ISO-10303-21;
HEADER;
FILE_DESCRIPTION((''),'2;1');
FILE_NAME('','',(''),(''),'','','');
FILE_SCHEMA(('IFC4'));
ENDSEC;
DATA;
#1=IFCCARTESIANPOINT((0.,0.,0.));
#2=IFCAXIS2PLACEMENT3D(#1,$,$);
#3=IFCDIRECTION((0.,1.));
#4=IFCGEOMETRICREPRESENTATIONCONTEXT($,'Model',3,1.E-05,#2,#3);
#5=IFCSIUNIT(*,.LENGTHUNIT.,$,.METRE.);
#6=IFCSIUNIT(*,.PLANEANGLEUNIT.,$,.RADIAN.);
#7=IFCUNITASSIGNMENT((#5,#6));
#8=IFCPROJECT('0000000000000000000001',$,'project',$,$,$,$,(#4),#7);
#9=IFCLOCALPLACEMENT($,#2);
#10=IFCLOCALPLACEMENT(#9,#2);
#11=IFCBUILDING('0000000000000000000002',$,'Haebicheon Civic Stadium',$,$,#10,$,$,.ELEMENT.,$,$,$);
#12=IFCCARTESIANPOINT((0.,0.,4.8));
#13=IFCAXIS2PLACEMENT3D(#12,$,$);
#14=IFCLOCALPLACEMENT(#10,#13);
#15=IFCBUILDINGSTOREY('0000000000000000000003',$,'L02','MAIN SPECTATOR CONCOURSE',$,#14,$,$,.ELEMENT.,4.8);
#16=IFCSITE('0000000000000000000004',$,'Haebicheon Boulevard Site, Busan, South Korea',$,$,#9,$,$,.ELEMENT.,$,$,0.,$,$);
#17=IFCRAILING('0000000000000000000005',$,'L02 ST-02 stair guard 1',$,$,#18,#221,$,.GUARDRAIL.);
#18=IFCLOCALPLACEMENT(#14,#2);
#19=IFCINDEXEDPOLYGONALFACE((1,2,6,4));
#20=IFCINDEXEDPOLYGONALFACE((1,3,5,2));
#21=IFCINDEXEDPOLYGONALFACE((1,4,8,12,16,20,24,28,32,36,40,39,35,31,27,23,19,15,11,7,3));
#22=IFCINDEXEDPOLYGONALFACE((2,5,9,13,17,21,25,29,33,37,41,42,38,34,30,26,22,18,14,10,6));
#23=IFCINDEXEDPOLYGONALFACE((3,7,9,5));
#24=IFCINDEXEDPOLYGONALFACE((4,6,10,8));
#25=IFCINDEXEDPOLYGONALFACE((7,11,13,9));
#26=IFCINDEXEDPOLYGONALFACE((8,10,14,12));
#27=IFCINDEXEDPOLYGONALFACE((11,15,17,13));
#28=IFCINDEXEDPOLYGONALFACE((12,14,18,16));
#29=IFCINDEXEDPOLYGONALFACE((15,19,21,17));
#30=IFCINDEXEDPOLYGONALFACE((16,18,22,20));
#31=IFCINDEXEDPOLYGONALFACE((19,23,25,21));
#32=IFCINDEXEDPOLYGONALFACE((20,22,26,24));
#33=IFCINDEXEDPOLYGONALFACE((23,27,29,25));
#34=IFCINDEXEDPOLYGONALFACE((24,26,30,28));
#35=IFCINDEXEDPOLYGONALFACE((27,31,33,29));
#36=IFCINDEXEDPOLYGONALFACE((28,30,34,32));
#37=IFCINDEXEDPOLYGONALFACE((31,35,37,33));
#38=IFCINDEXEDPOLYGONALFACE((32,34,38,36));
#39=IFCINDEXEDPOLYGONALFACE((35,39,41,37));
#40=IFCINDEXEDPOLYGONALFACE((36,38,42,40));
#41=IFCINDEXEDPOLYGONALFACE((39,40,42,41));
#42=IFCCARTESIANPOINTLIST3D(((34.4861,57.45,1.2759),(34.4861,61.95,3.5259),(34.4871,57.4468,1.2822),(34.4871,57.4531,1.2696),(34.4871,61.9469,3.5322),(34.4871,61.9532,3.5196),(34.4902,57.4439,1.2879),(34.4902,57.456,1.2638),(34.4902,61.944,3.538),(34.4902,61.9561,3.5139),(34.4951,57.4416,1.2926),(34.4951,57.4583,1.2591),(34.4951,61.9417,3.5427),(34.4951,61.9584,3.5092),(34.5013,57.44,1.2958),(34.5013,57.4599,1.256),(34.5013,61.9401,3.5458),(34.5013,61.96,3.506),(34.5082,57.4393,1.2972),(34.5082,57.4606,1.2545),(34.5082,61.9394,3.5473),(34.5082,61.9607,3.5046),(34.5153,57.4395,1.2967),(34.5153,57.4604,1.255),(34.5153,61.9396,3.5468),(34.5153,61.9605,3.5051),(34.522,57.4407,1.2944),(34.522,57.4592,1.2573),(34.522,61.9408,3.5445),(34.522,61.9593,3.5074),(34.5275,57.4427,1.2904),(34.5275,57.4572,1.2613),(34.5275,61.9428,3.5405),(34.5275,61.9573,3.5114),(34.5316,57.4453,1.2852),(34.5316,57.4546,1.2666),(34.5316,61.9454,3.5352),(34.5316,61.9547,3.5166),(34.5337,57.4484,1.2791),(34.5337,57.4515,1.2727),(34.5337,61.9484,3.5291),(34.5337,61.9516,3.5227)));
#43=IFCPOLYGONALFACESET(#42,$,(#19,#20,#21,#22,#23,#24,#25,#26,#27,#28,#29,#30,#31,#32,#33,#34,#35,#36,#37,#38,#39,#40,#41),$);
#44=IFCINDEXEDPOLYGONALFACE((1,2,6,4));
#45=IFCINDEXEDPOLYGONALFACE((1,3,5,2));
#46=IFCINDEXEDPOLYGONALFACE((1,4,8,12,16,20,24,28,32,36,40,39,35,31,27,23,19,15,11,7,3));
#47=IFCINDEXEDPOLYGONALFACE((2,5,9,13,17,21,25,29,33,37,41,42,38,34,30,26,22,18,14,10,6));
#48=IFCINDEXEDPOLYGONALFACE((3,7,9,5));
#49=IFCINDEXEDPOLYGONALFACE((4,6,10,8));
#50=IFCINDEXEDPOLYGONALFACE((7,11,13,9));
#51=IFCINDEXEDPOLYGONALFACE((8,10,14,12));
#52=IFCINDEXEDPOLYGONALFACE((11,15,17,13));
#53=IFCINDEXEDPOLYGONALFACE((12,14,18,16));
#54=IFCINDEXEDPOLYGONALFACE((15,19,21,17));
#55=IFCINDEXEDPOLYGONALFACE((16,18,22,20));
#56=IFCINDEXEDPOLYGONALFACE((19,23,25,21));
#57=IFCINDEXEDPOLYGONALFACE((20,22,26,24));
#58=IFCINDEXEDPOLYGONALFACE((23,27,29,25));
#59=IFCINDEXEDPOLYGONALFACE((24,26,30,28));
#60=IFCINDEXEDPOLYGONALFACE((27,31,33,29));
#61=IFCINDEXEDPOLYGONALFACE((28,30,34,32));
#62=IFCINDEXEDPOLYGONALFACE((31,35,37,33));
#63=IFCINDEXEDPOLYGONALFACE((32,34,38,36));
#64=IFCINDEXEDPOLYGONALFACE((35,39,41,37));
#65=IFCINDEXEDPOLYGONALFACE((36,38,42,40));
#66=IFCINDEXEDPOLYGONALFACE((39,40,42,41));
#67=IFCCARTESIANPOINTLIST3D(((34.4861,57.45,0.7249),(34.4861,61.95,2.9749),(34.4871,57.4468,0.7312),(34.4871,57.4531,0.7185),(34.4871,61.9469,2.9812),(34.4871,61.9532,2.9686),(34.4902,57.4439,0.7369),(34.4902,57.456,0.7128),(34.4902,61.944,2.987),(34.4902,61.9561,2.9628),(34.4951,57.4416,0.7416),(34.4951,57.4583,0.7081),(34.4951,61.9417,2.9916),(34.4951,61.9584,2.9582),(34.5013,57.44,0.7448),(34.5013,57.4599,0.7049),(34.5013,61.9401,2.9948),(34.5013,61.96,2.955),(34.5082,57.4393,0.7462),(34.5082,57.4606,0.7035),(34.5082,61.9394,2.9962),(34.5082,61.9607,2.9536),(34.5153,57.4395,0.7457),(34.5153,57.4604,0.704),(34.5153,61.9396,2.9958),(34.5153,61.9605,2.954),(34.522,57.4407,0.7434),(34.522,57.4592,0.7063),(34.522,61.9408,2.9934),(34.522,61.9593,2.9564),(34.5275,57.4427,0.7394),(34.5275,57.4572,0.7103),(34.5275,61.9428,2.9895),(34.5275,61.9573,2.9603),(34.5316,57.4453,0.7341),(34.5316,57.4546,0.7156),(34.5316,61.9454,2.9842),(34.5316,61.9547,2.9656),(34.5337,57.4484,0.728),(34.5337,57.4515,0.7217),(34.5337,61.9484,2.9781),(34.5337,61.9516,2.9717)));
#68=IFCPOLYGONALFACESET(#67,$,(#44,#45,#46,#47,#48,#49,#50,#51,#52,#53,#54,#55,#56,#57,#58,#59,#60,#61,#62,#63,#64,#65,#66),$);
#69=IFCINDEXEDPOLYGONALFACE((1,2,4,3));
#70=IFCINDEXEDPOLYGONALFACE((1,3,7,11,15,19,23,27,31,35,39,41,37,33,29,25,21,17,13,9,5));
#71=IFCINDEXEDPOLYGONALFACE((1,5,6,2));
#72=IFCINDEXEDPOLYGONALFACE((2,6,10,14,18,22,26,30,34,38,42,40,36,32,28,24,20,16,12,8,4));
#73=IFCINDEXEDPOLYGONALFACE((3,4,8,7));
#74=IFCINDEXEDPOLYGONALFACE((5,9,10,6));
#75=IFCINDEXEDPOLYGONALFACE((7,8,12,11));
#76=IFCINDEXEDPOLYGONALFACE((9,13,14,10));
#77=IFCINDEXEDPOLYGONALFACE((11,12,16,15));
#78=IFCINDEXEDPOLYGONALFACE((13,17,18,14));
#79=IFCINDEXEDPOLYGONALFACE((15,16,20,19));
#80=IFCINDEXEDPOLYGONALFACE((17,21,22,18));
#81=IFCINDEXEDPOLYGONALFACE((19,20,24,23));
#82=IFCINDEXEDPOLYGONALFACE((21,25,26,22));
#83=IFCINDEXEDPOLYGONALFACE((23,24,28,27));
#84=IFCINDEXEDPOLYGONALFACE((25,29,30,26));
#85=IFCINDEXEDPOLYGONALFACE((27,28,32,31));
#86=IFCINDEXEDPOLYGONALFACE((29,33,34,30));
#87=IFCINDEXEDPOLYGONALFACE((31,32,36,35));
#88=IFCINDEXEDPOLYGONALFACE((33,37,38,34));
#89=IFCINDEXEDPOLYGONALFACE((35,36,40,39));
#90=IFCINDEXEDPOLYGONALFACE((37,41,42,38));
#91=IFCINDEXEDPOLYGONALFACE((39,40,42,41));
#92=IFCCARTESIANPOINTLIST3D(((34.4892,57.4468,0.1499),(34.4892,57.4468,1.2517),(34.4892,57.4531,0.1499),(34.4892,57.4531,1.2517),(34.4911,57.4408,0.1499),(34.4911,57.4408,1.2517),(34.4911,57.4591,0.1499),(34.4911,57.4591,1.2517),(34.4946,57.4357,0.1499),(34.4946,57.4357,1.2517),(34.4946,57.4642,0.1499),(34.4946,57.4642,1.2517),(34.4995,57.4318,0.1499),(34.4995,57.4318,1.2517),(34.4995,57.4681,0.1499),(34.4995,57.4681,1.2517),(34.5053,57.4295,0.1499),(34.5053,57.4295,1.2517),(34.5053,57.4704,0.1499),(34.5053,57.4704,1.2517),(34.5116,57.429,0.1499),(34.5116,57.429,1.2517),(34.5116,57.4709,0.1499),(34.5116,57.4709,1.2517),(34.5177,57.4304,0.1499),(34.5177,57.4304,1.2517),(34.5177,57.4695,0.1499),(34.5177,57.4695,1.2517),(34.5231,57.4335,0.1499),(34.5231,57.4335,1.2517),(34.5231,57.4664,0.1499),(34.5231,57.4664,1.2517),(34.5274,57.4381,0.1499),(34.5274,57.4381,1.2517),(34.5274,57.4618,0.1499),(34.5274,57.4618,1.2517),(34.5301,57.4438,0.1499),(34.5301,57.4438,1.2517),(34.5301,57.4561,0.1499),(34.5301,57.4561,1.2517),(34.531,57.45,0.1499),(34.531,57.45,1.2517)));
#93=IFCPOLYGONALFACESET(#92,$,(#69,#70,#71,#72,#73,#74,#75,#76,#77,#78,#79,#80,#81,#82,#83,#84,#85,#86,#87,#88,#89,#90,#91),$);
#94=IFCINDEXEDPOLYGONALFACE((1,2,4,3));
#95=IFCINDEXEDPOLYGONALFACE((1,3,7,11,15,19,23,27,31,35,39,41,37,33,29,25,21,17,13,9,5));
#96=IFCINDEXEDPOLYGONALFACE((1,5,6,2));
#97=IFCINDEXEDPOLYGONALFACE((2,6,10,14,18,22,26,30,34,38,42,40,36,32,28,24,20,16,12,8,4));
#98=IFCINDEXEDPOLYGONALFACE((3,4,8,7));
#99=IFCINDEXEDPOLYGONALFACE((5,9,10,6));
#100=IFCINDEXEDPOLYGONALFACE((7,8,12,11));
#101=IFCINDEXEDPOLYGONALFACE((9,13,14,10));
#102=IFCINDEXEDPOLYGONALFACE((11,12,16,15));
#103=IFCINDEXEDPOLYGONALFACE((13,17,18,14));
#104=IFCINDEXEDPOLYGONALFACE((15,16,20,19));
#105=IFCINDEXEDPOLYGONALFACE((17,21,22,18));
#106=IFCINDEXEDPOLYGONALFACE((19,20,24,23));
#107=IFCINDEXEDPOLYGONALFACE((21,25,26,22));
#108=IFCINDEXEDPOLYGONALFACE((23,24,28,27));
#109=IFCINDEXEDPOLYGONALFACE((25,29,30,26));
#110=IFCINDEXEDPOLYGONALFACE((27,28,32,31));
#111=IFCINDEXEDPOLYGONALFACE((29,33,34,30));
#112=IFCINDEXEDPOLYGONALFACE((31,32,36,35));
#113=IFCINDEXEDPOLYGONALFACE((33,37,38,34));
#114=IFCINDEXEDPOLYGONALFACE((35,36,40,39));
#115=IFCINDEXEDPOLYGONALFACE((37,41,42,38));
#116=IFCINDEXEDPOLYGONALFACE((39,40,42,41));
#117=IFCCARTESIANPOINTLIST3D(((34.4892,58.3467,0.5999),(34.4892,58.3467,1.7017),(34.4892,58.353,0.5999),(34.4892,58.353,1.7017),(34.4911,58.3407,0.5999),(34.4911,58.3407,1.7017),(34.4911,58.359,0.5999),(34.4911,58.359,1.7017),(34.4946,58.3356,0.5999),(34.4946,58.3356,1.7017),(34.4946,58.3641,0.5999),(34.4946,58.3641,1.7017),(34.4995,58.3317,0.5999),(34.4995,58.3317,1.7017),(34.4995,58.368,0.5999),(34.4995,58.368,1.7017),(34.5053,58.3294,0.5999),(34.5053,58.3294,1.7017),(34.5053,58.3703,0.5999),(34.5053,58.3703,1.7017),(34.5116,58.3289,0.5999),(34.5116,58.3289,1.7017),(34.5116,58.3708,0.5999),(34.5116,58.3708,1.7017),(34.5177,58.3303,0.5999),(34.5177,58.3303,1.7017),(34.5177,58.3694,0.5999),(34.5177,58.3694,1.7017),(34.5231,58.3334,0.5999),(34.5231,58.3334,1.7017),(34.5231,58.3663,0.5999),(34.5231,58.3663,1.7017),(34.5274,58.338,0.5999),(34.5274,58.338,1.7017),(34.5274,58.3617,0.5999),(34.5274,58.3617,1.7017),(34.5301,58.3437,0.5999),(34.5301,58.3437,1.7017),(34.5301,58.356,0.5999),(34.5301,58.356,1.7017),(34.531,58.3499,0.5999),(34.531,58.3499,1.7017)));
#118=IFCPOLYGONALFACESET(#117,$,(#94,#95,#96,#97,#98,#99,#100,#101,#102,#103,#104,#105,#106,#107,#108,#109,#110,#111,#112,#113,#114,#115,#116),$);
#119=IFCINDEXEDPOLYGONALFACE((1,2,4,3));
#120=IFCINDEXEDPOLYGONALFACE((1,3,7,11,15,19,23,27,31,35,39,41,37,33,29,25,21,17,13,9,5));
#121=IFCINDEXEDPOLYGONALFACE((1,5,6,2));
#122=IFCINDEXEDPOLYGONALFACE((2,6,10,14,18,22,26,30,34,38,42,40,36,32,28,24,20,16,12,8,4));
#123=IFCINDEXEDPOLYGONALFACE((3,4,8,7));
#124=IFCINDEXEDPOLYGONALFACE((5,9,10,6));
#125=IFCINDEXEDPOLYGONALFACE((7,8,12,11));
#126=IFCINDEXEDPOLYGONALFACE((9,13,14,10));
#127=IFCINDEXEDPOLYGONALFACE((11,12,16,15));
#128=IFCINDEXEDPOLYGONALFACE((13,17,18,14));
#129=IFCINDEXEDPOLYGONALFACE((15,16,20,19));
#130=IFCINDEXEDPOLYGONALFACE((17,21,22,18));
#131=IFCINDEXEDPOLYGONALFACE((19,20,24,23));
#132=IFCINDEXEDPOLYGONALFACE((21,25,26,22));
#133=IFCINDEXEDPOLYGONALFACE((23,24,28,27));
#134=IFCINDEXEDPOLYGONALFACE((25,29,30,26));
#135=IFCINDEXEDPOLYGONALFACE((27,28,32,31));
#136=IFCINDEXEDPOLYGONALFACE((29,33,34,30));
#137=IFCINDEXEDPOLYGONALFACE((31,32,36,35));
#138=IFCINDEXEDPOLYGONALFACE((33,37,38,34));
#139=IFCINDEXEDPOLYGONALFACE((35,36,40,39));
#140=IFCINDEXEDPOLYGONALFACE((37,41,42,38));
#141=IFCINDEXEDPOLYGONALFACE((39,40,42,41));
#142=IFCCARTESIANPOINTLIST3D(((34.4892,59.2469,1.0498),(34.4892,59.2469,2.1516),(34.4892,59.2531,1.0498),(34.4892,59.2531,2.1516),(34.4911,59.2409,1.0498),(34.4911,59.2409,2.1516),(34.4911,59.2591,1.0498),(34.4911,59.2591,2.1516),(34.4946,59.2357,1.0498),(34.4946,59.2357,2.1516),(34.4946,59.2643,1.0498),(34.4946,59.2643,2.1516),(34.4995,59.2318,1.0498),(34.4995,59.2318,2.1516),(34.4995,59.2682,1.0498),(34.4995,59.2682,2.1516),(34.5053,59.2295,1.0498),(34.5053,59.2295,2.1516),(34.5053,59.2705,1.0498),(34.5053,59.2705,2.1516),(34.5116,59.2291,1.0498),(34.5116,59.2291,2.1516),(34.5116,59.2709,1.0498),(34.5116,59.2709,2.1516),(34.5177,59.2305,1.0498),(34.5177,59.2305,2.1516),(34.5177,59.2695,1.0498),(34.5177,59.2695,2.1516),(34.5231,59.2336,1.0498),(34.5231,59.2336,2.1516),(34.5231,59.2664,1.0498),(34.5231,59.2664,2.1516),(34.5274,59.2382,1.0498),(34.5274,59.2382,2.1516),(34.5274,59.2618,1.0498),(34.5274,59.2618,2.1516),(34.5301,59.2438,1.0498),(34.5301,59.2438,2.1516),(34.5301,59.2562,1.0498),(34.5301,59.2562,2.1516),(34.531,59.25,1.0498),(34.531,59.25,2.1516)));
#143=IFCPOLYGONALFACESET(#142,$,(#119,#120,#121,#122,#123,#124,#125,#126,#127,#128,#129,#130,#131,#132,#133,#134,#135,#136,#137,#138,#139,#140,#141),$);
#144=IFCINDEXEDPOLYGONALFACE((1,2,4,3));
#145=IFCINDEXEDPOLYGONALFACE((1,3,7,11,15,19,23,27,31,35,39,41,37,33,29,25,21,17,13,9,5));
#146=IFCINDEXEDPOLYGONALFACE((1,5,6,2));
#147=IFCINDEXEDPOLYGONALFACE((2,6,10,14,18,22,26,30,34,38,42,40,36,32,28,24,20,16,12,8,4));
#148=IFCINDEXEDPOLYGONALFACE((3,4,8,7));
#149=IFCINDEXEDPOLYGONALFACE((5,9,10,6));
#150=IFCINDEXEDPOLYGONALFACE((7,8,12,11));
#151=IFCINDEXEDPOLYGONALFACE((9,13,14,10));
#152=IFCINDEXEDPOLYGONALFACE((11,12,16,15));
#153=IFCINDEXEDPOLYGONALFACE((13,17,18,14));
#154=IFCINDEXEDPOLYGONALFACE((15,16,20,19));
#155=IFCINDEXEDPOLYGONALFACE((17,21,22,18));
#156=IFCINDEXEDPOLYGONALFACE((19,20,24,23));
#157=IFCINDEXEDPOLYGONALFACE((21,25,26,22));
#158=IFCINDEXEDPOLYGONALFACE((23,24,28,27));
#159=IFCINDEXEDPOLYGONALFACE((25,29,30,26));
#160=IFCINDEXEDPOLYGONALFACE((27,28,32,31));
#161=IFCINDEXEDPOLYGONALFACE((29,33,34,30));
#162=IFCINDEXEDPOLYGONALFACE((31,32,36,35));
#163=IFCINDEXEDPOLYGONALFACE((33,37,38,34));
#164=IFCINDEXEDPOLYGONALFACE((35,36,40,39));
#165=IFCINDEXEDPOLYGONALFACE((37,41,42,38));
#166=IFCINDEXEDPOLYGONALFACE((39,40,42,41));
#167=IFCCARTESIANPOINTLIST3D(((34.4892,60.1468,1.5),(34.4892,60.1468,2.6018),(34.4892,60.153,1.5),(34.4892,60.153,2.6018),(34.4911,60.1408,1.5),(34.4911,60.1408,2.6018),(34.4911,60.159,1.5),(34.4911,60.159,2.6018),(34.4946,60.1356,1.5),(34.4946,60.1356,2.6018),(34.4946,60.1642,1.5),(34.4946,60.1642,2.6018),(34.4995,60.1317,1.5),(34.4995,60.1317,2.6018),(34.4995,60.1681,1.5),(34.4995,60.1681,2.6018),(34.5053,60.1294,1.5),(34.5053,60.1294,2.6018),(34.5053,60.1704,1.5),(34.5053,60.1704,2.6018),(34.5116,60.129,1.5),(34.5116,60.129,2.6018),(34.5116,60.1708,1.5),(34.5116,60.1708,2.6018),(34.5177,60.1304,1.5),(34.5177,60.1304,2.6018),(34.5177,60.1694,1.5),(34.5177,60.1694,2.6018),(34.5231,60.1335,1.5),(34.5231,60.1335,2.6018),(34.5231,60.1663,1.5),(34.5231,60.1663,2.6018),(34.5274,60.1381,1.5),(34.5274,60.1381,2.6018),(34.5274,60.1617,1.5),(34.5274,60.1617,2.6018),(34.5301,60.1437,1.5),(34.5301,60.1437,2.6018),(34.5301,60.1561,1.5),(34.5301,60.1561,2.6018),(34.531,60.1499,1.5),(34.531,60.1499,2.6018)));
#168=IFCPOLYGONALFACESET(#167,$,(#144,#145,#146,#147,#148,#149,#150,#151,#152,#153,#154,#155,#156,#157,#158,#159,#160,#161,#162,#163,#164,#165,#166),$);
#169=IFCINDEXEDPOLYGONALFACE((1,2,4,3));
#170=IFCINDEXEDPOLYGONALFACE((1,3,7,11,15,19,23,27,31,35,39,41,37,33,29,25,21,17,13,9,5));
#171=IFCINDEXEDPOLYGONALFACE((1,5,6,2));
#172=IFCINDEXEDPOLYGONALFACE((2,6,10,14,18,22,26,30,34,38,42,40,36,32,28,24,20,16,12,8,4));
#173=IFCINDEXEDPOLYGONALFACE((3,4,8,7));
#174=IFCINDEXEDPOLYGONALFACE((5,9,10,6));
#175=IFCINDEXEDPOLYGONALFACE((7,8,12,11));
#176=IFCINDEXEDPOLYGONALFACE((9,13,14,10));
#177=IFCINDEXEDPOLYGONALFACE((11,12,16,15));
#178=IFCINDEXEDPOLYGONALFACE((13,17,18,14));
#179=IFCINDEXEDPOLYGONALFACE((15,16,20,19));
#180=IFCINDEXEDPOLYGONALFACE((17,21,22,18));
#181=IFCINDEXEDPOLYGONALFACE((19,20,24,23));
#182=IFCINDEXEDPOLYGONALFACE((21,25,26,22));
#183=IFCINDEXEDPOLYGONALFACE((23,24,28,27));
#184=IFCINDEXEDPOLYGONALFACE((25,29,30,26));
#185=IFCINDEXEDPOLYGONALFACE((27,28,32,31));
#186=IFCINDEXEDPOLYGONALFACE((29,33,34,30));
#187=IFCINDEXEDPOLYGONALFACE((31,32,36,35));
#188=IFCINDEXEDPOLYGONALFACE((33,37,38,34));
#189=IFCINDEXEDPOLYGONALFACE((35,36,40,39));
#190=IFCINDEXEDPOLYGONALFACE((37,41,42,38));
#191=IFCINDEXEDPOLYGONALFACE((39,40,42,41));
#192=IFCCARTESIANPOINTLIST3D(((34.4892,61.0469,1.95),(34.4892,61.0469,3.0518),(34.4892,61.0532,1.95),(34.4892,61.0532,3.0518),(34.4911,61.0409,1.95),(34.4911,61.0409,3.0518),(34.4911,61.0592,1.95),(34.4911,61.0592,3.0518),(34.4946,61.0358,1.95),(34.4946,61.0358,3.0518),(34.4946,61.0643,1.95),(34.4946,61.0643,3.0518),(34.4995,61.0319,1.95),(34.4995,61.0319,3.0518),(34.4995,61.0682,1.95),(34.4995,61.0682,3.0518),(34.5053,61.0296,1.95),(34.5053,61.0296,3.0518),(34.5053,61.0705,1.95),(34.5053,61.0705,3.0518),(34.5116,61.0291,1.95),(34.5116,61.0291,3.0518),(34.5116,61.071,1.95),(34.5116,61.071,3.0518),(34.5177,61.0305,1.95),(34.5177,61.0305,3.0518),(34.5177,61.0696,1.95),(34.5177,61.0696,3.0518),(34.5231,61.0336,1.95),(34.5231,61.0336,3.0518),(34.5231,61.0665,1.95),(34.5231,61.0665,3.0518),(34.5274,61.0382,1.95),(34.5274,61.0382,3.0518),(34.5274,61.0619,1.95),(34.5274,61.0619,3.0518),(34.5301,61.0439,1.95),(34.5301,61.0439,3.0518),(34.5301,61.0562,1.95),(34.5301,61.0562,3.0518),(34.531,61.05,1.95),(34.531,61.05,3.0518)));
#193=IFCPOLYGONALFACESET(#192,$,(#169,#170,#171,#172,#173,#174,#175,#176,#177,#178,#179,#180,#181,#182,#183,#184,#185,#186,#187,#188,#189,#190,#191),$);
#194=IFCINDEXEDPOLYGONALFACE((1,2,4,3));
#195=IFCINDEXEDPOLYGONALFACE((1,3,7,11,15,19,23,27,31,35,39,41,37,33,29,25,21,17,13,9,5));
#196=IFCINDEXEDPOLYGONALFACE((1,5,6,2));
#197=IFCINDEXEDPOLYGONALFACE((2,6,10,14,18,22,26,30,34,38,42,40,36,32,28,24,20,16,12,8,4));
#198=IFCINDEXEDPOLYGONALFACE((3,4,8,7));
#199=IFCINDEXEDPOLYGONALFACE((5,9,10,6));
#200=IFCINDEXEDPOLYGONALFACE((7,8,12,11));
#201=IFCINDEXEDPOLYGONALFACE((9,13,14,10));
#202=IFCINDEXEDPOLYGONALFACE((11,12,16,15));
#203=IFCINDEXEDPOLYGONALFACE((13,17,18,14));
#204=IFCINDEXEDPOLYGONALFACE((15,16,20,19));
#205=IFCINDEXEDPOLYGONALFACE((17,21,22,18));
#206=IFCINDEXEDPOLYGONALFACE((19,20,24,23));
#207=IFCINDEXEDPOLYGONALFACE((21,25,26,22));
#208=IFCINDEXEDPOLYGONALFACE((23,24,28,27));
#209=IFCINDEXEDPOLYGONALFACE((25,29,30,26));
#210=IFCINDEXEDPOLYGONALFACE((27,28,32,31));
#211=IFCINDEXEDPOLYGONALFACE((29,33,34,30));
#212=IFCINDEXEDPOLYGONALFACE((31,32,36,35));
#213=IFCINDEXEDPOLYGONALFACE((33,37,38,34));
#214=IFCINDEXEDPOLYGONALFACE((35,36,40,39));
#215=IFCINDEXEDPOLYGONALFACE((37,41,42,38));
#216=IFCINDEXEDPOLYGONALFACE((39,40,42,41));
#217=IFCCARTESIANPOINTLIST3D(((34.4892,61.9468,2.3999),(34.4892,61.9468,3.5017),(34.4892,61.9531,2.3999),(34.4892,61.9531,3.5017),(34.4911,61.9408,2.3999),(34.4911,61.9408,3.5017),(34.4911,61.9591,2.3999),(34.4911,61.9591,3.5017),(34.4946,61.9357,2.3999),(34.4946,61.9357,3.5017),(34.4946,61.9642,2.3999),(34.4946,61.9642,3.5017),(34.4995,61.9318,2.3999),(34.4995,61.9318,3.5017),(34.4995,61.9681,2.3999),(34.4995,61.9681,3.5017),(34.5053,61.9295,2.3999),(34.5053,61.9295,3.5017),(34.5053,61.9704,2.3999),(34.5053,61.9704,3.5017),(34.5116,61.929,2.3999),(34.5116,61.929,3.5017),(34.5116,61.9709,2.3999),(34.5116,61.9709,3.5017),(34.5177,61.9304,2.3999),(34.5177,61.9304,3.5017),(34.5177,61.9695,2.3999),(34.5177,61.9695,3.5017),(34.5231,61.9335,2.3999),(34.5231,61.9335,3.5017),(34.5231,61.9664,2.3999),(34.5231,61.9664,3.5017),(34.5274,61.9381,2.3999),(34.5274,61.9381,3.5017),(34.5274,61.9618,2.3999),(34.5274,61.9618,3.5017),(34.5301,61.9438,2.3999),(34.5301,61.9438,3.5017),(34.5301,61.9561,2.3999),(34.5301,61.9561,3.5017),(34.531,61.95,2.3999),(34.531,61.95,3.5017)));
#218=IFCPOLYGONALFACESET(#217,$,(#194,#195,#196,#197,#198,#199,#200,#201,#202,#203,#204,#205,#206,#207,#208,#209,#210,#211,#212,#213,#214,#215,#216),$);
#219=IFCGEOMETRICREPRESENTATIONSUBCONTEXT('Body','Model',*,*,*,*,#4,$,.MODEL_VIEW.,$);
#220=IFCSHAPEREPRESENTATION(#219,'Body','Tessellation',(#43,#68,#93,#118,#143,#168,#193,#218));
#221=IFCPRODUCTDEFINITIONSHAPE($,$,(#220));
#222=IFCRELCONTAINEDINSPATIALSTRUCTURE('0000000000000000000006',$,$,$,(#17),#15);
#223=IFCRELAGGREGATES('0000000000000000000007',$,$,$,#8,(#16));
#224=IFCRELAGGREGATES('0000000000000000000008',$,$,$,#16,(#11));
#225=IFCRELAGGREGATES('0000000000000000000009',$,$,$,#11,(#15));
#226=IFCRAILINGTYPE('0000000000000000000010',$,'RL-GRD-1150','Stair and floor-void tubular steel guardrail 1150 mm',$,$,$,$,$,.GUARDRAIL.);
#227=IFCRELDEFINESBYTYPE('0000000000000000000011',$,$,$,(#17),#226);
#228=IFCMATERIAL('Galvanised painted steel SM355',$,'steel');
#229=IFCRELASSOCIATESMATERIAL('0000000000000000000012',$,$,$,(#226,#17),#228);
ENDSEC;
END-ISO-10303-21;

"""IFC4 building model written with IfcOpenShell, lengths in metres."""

from ifc_helpers import new_model, si_unit, direction, frame, origin, origin_2d, place, context, subcontext, project, spatial, circle, extrude, material, type_object, element, save


model = new_model("IFC4")

# Units and contexts
model_context = context("Model", 3, precision=1e-05, world=origin(), true_north=direction((0.0, 1.0)))
body_context = subcontext(model_context, "Body", "Model", "MODEL_VIEW")
ifc_project = project(units=[si_unit("LENGTHUNIT", "METRE"), si_unit("PLANEANGLEUNIT", "RADIAN")], contexts=[model_context])

# Site, building, storey
site_placement = place(None, origin())
site = spatial("IfcSite", under=ifc_project, at=site_placement, Name="Haebicheon Boulevard Site, Busan, South Korea", CompositionType="ELEMENT", RefElevation=0.0)
building_placement = place(site_placement, origin())
building = spatial("IfcBuilding", under=site, at=building_placement, Name="Haebicheon Civic Stadium", CompositionType="ELEMENT")
storey_placement = place(building_placement, frame((0.0, 0.0, 4.8)))
storey = spatial("IfcBuildingStorey", under=building, at=storey_placement, Name="L02", Description="MAIN SPECTATOR CONCOURSE", CompositionType="ELEMENT", Elevation=4.8)

# Railing
ifc_material_1 = material(Name="Galvanised painted steel SM355", Category="steel")
railing_type_1 = type_object("IfcRailingType", Name="RL-GRD-1150", Description="Stair and floor-void tubular steel guardrail 1150 mm", PredefinedType="GUARDRAIL", material=ifc_material_1)
railing_1_placement = place(storey_placement, frame((34.51, 57.45, 0.1499)))
element("IfcRailing", 1, at=railing_1_placement, inside=storey, type_object=railing_type_1, material=ifc_material_1, Name="L02 ST-02 stair guard 1", PredefinedType="GUARDRAIL", context=body_context, shape_type="SweptSolid", body=[
    extrude(circle(Radius=0.0239, at=origin_2d()), frame((0.0, 0.0, 1.126), z_axis=(0.0, 0.894427, 0.447214), x_axis=(-1.0, 0.0, 0.0)), (0.0, 0.0, 1.0), 5.0312),
    extrude(circle(Radius=0.0239, at=origin_2d()), frame((0.0, 0.0, 0.575), z_axis=(0.0, 0.894427, 0.447214), x_axis=(-1.0, 0.0, 0.0)), (0.0, 0.0, 1.0), 5.0312),
    extrude(circle(Radius=0.021, at=origin_2d()), origin(), (0.0, 0.0, 1.0), 1.1018),
    extrude(circle(Radius=0.021, at=origin_2d()), frame((0.0, 0.8999, 0.45)), (0.0, 0.0, 1.0), 1.1018),
    extrude(circle(Radius=0.021, at=origin_2d()), frame((0.0, 1.8, 0.8999)), (0.0, 0.0, 1.0), 1.1018),
    extrude(circle(Radius=0.021, at=origin_2d()), frame((0.0, 2.7, 1.3501)), (0.0, 0.0, 1.0), 1.1018),
    extrude(circle(Radius=0.021, at=origin_2d()), frame((0.0, 3.6001, 1.8)), (0.0, 0.0, 1.0), 1.1018),
    extrude(circle(Radius=0.021, at=origin_2d()), frame((0.0, 4.5, 2.25)), (0.0, 0.0, 1.0), 1.1018),
])

save(model, "model.ifc")
